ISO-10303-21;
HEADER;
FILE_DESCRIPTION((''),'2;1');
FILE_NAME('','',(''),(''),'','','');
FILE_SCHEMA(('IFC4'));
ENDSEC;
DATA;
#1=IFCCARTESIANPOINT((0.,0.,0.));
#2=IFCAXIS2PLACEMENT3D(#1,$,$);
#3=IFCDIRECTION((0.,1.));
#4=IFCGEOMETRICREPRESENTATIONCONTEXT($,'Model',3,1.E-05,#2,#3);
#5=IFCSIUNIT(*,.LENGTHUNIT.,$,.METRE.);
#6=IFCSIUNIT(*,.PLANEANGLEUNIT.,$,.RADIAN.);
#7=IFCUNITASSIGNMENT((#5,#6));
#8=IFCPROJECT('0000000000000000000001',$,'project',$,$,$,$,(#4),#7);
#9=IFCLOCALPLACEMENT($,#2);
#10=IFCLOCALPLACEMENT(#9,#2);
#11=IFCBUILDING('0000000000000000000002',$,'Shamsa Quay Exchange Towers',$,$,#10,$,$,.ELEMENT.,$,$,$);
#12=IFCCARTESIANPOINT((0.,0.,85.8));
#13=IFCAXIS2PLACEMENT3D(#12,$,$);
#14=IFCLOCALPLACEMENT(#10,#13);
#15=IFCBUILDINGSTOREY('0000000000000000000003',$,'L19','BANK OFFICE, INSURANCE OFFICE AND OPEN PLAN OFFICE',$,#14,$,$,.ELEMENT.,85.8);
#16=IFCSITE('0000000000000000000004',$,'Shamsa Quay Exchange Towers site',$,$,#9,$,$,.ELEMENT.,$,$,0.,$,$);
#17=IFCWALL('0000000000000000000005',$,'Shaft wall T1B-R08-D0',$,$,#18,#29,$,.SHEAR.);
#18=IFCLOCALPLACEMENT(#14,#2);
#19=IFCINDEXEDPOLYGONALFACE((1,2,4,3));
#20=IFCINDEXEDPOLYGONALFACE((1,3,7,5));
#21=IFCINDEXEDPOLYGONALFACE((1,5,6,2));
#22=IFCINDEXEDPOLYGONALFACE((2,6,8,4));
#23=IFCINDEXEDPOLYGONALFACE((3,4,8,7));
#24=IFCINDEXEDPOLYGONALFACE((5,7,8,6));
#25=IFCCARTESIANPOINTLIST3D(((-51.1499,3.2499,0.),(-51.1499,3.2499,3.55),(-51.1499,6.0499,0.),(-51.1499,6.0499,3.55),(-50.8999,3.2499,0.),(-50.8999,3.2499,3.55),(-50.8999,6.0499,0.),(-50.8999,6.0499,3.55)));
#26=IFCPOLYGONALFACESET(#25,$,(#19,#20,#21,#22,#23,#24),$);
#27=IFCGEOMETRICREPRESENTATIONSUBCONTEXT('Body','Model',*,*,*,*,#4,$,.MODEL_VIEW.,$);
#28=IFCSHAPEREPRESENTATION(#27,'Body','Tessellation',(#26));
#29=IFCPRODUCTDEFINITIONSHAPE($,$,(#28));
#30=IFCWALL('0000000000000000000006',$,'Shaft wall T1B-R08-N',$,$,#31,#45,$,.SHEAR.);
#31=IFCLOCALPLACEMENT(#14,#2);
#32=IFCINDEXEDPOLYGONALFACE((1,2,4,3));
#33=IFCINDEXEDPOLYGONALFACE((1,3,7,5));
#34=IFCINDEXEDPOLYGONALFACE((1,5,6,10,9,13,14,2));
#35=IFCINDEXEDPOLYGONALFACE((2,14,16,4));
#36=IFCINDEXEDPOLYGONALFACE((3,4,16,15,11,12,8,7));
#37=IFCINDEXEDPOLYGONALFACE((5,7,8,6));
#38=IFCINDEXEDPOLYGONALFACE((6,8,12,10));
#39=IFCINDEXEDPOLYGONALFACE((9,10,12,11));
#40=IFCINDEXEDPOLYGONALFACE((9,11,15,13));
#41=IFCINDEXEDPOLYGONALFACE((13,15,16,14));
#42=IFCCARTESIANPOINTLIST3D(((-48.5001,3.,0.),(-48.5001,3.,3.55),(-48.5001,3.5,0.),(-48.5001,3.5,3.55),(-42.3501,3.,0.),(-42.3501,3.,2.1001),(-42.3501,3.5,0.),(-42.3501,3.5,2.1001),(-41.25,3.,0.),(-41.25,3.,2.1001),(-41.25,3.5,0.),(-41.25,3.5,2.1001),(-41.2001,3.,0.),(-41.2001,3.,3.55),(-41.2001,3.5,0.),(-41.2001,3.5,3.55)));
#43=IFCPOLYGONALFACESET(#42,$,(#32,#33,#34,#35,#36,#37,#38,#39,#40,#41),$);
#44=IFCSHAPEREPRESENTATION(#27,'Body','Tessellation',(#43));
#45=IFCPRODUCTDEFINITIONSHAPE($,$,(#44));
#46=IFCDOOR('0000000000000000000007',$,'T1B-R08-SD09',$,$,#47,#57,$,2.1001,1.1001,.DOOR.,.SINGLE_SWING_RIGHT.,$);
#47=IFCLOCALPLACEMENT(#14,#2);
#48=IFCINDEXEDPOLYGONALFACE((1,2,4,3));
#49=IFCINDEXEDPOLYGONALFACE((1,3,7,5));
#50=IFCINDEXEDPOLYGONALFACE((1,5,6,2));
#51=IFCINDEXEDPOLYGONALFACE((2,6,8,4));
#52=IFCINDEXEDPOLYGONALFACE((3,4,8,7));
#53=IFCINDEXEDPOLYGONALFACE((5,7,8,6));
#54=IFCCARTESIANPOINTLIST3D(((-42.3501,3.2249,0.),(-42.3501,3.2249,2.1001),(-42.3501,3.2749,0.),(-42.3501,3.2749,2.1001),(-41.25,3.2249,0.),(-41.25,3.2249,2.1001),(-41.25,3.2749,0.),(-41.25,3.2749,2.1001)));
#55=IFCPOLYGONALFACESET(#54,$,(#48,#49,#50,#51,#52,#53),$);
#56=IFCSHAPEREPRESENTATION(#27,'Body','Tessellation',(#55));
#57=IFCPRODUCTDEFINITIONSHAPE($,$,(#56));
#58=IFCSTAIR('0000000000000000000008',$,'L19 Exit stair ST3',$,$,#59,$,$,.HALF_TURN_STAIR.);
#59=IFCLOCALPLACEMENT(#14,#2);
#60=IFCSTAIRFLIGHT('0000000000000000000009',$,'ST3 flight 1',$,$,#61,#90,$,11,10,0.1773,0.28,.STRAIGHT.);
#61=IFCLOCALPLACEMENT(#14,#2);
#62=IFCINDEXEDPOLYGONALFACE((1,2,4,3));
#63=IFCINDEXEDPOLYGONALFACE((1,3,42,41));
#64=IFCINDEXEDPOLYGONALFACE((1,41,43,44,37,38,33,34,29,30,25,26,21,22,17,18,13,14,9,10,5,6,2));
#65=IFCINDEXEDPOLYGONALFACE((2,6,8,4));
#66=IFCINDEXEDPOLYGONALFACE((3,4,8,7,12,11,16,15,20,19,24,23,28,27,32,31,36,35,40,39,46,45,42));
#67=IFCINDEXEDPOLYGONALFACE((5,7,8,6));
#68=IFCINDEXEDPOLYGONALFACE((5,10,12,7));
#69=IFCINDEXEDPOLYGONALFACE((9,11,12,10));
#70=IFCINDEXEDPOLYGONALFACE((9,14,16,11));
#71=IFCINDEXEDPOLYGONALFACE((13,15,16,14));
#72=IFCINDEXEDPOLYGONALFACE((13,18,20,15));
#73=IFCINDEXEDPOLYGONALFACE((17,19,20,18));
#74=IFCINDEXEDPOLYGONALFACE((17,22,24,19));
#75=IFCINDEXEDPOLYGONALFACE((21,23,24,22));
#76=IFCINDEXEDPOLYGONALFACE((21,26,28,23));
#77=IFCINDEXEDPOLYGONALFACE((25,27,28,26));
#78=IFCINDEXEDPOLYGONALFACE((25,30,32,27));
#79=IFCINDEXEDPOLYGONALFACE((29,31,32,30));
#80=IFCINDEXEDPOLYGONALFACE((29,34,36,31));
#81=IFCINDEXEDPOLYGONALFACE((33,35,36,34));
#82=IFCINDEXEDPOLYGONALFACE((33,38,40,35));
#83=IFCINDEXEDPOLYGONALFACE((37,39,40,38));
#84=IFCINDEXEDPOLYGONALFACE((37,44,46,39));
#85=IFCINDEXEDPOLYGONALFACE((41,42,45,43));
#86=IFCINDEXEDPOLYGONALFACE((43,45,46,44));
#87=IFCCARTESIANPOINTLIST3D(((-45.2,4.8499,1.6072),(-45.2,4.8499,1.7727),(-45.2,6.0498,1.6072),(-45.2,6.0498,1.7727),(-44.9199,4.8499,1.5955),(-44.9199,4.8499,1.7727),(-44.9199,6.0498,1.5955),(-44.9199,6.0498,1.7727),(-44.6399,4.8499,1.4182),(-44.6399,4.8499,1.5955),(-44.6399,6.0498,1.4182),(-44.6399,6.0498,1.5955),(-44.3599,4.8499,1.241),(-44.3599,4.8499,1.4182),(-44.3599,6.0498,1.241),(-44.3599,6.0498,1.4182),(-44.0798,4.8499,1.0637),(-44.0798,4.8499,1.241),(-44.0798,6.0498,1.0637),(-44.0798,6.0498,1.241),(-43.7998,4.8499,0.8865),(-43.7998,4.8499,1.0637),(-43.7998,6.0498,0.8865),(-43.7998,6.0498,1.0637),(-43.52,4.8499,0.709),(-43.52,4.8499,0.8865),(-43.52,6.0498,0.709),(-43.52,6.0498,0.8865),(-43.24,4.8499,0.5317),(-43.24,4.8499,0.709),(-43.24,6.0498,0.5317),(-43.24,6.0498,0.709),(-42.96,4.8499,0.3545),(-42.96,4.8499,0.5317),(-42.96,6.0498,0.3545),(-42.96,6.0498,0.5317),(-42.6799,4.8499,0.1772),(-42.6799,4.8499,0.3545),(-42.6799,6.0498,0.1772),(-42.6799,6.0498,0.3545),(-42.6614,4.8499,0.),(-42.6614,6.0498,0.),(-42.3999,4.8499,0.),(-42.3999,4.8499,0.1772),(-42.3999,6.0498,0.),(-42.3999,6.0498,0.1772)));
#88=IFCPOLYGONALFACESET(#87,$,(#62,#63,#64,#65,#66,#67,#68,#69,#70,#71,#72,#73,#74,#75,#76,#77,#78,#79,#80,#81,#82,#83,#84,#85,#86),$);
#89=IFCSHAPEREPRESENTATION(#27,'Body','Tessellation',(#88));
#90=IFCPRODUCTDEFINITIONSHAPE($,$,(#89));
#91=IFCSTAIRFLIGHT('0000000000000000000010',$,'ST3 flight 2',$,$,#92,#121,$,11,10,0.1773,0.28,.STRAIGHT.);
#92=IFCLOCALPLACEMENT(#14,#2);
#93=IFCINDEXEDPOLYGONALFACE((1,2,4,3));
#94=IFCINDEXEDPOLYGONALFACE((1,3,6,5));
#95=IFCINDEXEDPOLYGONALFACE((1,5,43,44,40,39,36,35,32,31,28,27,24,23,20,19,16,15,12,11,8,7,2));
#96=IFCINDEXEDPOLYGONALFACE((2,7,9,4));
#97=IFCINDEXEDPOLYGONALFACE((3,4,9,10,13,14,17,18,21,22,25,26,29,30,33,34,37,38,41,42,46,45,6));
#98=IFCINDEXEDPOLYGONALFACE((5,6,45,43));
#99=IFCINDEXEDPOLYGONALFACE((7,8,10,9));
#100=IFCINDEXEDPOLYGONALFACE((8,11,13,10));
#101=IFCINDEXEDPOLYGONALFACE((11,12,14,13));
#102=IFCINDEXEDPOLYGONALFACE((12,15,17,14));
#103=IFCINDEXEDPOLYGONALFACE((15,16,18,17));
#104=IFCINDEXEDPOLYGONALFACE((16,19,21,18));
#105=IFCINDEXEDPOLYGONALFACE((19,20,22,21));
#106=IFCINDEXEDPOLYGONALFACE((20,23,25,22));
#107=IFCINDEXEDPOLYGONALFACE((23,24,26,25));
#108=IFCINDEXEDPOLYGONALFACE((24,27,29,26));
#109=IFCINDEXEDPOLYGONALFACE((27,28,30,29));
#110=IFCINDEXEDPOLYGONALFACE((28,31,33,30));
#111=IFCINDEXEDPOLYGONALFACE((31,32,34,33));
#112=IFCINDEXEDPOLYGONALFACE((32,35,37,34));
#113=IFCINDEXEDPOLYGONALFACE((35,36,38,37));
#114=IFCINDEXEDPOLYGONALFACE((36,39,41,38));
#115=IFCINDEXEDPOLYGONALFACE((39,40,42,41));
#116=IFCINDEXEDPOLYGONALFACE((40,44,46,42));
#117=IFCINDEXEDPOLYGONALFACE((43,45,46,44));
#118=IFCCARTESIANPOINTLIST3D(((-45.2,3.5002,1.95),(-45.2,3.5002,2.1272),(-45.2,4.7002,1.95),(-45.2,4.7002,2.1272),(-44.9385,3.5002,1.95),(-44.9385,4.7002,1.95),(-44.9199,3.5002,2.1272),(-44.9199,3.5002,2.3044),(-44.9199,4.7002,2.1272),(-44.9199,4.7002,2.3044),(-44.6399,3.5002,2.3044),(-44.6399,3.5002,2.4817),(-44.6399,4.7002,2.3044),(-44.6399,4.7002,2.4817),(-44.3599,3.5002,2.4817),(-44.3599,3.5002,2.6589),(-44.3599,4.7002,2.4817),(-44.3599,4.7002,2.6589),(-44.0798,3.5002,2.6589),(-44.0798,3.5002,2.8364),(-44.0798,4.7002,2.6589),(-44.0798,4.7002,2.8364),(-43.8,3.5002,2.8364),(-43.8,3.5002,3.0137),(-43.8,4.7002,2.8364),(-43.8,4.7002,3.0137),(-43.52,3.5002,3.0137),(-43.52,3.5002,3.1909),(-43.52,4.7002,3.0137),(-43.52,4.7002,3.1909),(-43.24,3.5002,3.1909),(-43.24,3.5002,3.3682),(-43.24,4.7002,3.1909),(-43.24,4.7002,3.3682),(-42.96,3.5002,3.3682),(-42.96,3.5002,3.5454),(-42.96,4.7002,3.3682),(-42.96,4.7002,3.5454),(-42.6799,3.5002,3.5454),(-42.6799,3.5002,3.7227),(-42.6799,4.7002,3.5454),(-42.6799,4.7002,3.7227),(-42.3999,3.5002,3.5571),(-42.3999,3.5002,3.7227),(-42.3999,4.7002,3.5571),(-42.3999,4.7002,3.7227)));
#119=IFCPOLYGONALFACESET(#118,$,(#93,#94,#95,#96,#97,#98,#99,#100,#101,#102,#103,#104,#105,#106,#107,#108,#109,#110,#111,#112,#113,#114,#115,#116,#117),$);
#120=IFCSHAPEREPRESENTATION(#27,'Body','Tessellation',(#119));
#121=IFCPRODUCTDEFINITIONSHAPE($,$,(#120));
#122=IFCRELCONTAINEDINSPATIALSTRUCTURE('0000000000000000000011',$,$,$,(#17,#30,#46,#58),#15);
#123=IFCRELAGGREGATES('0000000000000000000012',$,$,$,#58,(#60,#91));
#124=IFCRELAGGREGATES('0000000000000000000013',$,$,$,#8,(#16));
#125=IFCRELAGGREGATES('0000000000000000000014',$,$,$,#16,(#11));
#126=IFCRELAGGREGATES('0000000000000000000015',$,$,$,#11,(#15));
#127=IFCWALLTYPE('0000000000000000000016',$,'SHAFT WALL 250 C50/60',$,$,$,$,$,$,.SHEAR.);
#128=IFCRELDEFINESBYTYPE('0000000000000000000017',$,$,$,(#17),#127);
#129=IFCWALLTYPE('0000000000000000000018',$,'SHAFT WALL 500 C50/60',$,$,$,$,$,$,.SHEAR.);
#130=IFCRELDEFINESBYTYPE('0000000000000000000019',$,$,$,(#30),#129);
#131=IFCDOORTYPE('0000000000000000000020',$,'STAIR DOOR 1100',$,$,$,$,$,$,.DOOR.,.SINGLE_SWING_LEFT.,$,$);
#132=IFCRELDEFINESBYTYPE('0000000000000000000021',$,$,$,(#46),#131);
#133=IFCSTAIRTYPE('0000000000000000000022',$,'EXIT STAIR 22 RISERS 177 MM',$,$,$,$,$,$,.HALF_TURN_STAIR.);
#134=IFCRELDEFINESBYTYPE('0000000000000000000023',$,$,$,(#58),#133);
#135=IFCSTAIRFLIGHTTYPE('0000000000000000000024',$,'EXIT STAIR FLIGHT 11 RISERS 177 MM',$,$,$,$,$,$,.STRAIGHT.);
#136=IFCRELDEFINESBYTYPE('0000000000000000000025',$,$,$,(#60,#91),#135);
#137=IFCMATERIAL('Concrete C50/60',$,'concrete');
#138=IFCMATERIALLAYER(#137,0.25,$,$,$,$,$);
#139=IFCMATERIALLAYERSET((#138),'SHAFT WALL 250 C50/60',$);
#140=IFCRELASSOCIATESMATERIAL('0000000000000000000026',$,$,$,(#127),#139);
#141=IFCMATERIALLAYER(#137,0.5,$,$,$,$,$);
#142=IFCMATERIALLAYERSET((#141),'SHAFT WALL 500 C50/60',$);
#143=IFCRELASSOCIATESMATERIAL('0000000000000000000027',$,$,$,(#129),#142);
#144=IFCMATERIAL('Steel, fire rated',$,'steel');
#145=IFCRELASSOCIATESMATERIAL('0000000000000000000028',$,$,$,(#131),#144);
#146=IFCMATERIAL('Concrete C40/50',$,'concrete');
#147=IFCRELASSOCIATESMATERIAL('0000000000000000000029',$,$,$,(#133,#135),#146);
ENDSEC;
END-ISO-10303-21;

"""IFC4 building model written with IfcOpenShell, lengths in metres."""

from ifc_helpers import new_model, si_unit, direction, frame, frame_2d, origin, place, context, subcontext, project, spatial, polyline, rectangle, outline, extrude, material, layer, layer_set, type_object, element, fill, aggregate, save


model = new_model("IFC4")

# Units and contexts
model_context = context("Model", 3, precision=1e-05, world=origin(), true_north=direction((0.0, 1.0)))
body_context = subcontext(model_context, "Body", "Model", "MODEL_VIEW")
ifc_project = project(units=[si_unit("LENGTHUNIT", "METRE"), si_unit("PLANEANGLEUNIT", "RADIAN")], contexts=[model_context])

# Site, building, storey
site_placement = place(None, origin())
site = spatial("IfcSite", under=ifc_project, at=site_placement, Name="Shamsa Quay Exchange Towers site", CompositionType="ELEMENT", RefElevation=0.0)
building_placement = place(site_placement, origin())
building = spatial("IfcBuilding", under=site, at=building_placement, Name="Shamsa Quay Exchange Towers", CompositionType="ELEMENT")
storey_placement = place(building_placement, frame((0.0, 0.0, 85.8)))
storey = spatial("IfcBuildingStorey", under=building, at=storey_placement, Name="L19", Description="BANK OFFICE, INSURANCE OFFICE AND OPEN PLAN OFFICE", CompositionType="ELEMENT", Elevation=85.8)

# Shared definitions
ifc_material_1 = material(Name="Concrete C50/60", Category="concrete")
ifc_layer_1 = layer(ifc_material_1, 0.25)
ifc_layer_set_1 = layer_set([ifc_layer_1], Name="SHAFT WALL 250 C50/60")
wall_type_1 = type_object("IfcWallType", Name="SHAFT WALL 250 C50/60", PredefinedType="SHEAR", material=ifc_layer_set_1)
ifc_material_2 = material(Name="Steel, fire rated", Category="steel")

# Wall
for number, where, z_axis, x_axis, name in (
    (1, (-51.0249, 3.25, 0.0), (0.0, 0.0, 1.0), (0.0, 1.0, 0.0), "Shaft wall T1B-R08-D0"),
):
    element("IfcWall", number, at=place(storey_placement, frame(where, z_axis=z_axis, x_axis=x_axis)), inside=storey, type_object=wall_type_1, Name=name, PredefinedType="SHEAR", context=body_context, shape_type="SweptSolid", body=[
        extrude(rectangle(XDim=2.8, YDim=0.25, at=frame_2d((1.3999, 0.0))), origin(), (0.0, 0.0, 1.0), 3.55),
    ])

# Wall, opening, door
ifc_layer_2 = layer(ifc_material_1, 0.5)
ifc_layer_set_2 = layer_set([ifc_layer_2], Name="SHAFT WALL 500 C50/60")
wall_type_2 = type_object("IfcWallType", Name="SHAFT WALL 500 C50/60", PredefinedType="SHEAR", material=ifc_layer_set_2)
wall_1_placement = place(storey_placement, frame((-48.5, 3.25, 0.0)))
wall_1 = element("IfcWall", 2, at=wall_1_placement, inside=storey, type_object=wall_type_2, Name="Shaft wall T1B-R08-N", PredefinedType="SHEAR", context=body_context, shape_type="SweptSolid", body=[
    extrude(rectangle(XDim=7.3, YDim=0.5, at=frame_2d((3.6499, 0.0))), origin(), (0.0, 0.0, 1.0), 3.55),
])
opening_1_placement = place(wall_1_placement, frame((6.1499, 0.0, 0.0)))
opening_1 = element("IfcOpeningElement", 3, at=opening_1_placement, cuts=wall_1, PredefinedType="OPENING", context=body_context, shape_type="SweptSolid", body=[
    extrude(rectangle(XDim=1.1001, YDim=2.1001, at=frame_2d((0.55, 1.05))), frame((0.0, 0.26, 0.0), z_axis=(0.0, -1.0, 0.0), x_axis=(1.0, 0.0, 0.0)), (0.0, 0.0, 1.0), 0.52),
])
door_type_1 = type_object("IfcDoorType", Name="STAIR DOOR 1100", OperationType="SINGLE_SWING_LEFT", PredefinedType="DOOR", material=ifc_material_2)
door_1_placement = place(opening_1_placement, origin())
door_1 = element("IfcDoor", 4, at=door_1_placement, inside=storey, type_object=door_type_1, Name="T1B-R08-SD09", OperationType="SINGLE_SWING_RIGHT", OverallHeight=2.1001, OverallWidth=1.1001, PredefinedType="DOOR", context=body_context, shape_type="SweptSolid", body=[
    extrude(rectangle(XDim=1.1001, YDim=2.1001, at=frame_2d((0.55, 1.05))), frame((0.0, 0.0249, 0.0), z_axis=(0.0, -1.0, 0.0), x_axis=(1.0, 0.0, 0.0)), (0.0, 0.0, 1.0), 0.05),
])
fill(opening_1, door_1)

# Stair, stair flights
ifc_material_3 = material(Name="Concrete C40/50", Category="concrete")
stair_type = type_object("IfcStairType", Name="EXIT STAIR 22 RISERS 177 MM", PredefinedType="HALF_TURN_STAIR", material=ifc_material_3)
stair_placement = place(storey_placement, origin())
stair = element("IfcStair", 5, at=stair_placement, inside=storey, type_object=stair_type, Name="L19 Exit stair ST3", PredefinedType="HALF_TURN_STAIR")
stair_flight_type = type_object("IfcStairFlightType", Name="EXIT STAIR FLIGHT 11 RISERS 177 MM", PredefinedType="STRAIGHT", material=ifc_material_3)
stair_flight_1_placement = place(storey_placement, frame((-42.3999, 5.45, 0.0), z_axis=(0.0, 0.0, 1.0), x_axis=(-1.0, 0.0, 0.0)))
stair_flight_1 = element("IfcStairFlight", 6, at=stair_flight_1_placement, type_object=stair_flight_type, Name="ST3 flight 1", NumberOfRisers=11, NumberOfTreads=10, PredefinedType="STRAIGHT", RiserHeight=0.1773, TreadLength=0.28, context=body_context, shape_type="SweptSolid", body=[
    extrude(outline(polyline([(0.0, 0.0), (0.0, 0.1772), (0.28, 0.1772), (0.28, 0.3545), (0.5601, 0.3545), (0.5601, 0.5317), (0.8401, 0.5317), (0.8401, 0.709), (1.1201, 0.709), (1.1201, 0.8865), (1.3999, 0.8865), (1.3999, 1.0637), (1.6799, 1.0637), (1.6799, 1.241), (1.96, 1.241), (1.96, 1.4182), (2.24, 1.4182), (2.24, 1.5955), (2.52, 1.5955), (2.52, 1.7727), (2.8, 1.7727), (2.8, 1.95), (2.8, 1.6072), (0.2615, 0.0), (0.0, 0.0)])), frame((0.0, 0.6001, 0.0), z_axis=(0.0, -1.0, 0.0), x_axis=(1.0, 0.0, 0.0)), (0.0, 0.0, 1.0), 1.2),
])
stair_flight_2_placement = place(storey_placement, frame((-45.2, 4.1001, 1.95)))
stair_flight_2 = element("IfcStairFlight", 7, at=stair_flight_2_placement, type_object=stair_flight_type, Name="ST3 flight 2", NumberOfRisers=11, NumberOfTreads=10, PredefinedType="STRAIGHT", RiserHeight=0.1773, TreadLength=0.28, context=body_context, shape_type="SweptSolid", body=[
    extrude(outline(polyline([(0.0, 0.0), (0.0, 0.1772), (0.28, 0.1772), (0.28, 0.3545), (0.5601, 0.3545), (0.5601, 0.5317), (0.8401, 0.5317), (0.8401, 0.709), (1.1201, 0.709), (1.1201, 0.8865), (1.3999, 0.8865), (1.3999, 1.0637), (1.6799, 1.0637), (1.6799, 1.241), (1.96, 1.241), (1.96, 1.4182), (2.24, 1.4182), (2.24, 1.5955), (2.52, 1.5955), (2.52, 1.7727), (2.8, 1.7727), (2.8, 1.95), (2.8, 1.6072), (0.2615, 0.0), (0.0, 0.0)])), frame((0.0, 0.6001, 0.0), z_axis=(0.0, -1.0, 0.0), x_axis=(1.0, 0.0, 0.0)), (0.0, 0.0, 1.0), 1.2),
])
aggregate(stair, [stair_flight_1, stair_flight_2])

save(model, "model.ifc")
